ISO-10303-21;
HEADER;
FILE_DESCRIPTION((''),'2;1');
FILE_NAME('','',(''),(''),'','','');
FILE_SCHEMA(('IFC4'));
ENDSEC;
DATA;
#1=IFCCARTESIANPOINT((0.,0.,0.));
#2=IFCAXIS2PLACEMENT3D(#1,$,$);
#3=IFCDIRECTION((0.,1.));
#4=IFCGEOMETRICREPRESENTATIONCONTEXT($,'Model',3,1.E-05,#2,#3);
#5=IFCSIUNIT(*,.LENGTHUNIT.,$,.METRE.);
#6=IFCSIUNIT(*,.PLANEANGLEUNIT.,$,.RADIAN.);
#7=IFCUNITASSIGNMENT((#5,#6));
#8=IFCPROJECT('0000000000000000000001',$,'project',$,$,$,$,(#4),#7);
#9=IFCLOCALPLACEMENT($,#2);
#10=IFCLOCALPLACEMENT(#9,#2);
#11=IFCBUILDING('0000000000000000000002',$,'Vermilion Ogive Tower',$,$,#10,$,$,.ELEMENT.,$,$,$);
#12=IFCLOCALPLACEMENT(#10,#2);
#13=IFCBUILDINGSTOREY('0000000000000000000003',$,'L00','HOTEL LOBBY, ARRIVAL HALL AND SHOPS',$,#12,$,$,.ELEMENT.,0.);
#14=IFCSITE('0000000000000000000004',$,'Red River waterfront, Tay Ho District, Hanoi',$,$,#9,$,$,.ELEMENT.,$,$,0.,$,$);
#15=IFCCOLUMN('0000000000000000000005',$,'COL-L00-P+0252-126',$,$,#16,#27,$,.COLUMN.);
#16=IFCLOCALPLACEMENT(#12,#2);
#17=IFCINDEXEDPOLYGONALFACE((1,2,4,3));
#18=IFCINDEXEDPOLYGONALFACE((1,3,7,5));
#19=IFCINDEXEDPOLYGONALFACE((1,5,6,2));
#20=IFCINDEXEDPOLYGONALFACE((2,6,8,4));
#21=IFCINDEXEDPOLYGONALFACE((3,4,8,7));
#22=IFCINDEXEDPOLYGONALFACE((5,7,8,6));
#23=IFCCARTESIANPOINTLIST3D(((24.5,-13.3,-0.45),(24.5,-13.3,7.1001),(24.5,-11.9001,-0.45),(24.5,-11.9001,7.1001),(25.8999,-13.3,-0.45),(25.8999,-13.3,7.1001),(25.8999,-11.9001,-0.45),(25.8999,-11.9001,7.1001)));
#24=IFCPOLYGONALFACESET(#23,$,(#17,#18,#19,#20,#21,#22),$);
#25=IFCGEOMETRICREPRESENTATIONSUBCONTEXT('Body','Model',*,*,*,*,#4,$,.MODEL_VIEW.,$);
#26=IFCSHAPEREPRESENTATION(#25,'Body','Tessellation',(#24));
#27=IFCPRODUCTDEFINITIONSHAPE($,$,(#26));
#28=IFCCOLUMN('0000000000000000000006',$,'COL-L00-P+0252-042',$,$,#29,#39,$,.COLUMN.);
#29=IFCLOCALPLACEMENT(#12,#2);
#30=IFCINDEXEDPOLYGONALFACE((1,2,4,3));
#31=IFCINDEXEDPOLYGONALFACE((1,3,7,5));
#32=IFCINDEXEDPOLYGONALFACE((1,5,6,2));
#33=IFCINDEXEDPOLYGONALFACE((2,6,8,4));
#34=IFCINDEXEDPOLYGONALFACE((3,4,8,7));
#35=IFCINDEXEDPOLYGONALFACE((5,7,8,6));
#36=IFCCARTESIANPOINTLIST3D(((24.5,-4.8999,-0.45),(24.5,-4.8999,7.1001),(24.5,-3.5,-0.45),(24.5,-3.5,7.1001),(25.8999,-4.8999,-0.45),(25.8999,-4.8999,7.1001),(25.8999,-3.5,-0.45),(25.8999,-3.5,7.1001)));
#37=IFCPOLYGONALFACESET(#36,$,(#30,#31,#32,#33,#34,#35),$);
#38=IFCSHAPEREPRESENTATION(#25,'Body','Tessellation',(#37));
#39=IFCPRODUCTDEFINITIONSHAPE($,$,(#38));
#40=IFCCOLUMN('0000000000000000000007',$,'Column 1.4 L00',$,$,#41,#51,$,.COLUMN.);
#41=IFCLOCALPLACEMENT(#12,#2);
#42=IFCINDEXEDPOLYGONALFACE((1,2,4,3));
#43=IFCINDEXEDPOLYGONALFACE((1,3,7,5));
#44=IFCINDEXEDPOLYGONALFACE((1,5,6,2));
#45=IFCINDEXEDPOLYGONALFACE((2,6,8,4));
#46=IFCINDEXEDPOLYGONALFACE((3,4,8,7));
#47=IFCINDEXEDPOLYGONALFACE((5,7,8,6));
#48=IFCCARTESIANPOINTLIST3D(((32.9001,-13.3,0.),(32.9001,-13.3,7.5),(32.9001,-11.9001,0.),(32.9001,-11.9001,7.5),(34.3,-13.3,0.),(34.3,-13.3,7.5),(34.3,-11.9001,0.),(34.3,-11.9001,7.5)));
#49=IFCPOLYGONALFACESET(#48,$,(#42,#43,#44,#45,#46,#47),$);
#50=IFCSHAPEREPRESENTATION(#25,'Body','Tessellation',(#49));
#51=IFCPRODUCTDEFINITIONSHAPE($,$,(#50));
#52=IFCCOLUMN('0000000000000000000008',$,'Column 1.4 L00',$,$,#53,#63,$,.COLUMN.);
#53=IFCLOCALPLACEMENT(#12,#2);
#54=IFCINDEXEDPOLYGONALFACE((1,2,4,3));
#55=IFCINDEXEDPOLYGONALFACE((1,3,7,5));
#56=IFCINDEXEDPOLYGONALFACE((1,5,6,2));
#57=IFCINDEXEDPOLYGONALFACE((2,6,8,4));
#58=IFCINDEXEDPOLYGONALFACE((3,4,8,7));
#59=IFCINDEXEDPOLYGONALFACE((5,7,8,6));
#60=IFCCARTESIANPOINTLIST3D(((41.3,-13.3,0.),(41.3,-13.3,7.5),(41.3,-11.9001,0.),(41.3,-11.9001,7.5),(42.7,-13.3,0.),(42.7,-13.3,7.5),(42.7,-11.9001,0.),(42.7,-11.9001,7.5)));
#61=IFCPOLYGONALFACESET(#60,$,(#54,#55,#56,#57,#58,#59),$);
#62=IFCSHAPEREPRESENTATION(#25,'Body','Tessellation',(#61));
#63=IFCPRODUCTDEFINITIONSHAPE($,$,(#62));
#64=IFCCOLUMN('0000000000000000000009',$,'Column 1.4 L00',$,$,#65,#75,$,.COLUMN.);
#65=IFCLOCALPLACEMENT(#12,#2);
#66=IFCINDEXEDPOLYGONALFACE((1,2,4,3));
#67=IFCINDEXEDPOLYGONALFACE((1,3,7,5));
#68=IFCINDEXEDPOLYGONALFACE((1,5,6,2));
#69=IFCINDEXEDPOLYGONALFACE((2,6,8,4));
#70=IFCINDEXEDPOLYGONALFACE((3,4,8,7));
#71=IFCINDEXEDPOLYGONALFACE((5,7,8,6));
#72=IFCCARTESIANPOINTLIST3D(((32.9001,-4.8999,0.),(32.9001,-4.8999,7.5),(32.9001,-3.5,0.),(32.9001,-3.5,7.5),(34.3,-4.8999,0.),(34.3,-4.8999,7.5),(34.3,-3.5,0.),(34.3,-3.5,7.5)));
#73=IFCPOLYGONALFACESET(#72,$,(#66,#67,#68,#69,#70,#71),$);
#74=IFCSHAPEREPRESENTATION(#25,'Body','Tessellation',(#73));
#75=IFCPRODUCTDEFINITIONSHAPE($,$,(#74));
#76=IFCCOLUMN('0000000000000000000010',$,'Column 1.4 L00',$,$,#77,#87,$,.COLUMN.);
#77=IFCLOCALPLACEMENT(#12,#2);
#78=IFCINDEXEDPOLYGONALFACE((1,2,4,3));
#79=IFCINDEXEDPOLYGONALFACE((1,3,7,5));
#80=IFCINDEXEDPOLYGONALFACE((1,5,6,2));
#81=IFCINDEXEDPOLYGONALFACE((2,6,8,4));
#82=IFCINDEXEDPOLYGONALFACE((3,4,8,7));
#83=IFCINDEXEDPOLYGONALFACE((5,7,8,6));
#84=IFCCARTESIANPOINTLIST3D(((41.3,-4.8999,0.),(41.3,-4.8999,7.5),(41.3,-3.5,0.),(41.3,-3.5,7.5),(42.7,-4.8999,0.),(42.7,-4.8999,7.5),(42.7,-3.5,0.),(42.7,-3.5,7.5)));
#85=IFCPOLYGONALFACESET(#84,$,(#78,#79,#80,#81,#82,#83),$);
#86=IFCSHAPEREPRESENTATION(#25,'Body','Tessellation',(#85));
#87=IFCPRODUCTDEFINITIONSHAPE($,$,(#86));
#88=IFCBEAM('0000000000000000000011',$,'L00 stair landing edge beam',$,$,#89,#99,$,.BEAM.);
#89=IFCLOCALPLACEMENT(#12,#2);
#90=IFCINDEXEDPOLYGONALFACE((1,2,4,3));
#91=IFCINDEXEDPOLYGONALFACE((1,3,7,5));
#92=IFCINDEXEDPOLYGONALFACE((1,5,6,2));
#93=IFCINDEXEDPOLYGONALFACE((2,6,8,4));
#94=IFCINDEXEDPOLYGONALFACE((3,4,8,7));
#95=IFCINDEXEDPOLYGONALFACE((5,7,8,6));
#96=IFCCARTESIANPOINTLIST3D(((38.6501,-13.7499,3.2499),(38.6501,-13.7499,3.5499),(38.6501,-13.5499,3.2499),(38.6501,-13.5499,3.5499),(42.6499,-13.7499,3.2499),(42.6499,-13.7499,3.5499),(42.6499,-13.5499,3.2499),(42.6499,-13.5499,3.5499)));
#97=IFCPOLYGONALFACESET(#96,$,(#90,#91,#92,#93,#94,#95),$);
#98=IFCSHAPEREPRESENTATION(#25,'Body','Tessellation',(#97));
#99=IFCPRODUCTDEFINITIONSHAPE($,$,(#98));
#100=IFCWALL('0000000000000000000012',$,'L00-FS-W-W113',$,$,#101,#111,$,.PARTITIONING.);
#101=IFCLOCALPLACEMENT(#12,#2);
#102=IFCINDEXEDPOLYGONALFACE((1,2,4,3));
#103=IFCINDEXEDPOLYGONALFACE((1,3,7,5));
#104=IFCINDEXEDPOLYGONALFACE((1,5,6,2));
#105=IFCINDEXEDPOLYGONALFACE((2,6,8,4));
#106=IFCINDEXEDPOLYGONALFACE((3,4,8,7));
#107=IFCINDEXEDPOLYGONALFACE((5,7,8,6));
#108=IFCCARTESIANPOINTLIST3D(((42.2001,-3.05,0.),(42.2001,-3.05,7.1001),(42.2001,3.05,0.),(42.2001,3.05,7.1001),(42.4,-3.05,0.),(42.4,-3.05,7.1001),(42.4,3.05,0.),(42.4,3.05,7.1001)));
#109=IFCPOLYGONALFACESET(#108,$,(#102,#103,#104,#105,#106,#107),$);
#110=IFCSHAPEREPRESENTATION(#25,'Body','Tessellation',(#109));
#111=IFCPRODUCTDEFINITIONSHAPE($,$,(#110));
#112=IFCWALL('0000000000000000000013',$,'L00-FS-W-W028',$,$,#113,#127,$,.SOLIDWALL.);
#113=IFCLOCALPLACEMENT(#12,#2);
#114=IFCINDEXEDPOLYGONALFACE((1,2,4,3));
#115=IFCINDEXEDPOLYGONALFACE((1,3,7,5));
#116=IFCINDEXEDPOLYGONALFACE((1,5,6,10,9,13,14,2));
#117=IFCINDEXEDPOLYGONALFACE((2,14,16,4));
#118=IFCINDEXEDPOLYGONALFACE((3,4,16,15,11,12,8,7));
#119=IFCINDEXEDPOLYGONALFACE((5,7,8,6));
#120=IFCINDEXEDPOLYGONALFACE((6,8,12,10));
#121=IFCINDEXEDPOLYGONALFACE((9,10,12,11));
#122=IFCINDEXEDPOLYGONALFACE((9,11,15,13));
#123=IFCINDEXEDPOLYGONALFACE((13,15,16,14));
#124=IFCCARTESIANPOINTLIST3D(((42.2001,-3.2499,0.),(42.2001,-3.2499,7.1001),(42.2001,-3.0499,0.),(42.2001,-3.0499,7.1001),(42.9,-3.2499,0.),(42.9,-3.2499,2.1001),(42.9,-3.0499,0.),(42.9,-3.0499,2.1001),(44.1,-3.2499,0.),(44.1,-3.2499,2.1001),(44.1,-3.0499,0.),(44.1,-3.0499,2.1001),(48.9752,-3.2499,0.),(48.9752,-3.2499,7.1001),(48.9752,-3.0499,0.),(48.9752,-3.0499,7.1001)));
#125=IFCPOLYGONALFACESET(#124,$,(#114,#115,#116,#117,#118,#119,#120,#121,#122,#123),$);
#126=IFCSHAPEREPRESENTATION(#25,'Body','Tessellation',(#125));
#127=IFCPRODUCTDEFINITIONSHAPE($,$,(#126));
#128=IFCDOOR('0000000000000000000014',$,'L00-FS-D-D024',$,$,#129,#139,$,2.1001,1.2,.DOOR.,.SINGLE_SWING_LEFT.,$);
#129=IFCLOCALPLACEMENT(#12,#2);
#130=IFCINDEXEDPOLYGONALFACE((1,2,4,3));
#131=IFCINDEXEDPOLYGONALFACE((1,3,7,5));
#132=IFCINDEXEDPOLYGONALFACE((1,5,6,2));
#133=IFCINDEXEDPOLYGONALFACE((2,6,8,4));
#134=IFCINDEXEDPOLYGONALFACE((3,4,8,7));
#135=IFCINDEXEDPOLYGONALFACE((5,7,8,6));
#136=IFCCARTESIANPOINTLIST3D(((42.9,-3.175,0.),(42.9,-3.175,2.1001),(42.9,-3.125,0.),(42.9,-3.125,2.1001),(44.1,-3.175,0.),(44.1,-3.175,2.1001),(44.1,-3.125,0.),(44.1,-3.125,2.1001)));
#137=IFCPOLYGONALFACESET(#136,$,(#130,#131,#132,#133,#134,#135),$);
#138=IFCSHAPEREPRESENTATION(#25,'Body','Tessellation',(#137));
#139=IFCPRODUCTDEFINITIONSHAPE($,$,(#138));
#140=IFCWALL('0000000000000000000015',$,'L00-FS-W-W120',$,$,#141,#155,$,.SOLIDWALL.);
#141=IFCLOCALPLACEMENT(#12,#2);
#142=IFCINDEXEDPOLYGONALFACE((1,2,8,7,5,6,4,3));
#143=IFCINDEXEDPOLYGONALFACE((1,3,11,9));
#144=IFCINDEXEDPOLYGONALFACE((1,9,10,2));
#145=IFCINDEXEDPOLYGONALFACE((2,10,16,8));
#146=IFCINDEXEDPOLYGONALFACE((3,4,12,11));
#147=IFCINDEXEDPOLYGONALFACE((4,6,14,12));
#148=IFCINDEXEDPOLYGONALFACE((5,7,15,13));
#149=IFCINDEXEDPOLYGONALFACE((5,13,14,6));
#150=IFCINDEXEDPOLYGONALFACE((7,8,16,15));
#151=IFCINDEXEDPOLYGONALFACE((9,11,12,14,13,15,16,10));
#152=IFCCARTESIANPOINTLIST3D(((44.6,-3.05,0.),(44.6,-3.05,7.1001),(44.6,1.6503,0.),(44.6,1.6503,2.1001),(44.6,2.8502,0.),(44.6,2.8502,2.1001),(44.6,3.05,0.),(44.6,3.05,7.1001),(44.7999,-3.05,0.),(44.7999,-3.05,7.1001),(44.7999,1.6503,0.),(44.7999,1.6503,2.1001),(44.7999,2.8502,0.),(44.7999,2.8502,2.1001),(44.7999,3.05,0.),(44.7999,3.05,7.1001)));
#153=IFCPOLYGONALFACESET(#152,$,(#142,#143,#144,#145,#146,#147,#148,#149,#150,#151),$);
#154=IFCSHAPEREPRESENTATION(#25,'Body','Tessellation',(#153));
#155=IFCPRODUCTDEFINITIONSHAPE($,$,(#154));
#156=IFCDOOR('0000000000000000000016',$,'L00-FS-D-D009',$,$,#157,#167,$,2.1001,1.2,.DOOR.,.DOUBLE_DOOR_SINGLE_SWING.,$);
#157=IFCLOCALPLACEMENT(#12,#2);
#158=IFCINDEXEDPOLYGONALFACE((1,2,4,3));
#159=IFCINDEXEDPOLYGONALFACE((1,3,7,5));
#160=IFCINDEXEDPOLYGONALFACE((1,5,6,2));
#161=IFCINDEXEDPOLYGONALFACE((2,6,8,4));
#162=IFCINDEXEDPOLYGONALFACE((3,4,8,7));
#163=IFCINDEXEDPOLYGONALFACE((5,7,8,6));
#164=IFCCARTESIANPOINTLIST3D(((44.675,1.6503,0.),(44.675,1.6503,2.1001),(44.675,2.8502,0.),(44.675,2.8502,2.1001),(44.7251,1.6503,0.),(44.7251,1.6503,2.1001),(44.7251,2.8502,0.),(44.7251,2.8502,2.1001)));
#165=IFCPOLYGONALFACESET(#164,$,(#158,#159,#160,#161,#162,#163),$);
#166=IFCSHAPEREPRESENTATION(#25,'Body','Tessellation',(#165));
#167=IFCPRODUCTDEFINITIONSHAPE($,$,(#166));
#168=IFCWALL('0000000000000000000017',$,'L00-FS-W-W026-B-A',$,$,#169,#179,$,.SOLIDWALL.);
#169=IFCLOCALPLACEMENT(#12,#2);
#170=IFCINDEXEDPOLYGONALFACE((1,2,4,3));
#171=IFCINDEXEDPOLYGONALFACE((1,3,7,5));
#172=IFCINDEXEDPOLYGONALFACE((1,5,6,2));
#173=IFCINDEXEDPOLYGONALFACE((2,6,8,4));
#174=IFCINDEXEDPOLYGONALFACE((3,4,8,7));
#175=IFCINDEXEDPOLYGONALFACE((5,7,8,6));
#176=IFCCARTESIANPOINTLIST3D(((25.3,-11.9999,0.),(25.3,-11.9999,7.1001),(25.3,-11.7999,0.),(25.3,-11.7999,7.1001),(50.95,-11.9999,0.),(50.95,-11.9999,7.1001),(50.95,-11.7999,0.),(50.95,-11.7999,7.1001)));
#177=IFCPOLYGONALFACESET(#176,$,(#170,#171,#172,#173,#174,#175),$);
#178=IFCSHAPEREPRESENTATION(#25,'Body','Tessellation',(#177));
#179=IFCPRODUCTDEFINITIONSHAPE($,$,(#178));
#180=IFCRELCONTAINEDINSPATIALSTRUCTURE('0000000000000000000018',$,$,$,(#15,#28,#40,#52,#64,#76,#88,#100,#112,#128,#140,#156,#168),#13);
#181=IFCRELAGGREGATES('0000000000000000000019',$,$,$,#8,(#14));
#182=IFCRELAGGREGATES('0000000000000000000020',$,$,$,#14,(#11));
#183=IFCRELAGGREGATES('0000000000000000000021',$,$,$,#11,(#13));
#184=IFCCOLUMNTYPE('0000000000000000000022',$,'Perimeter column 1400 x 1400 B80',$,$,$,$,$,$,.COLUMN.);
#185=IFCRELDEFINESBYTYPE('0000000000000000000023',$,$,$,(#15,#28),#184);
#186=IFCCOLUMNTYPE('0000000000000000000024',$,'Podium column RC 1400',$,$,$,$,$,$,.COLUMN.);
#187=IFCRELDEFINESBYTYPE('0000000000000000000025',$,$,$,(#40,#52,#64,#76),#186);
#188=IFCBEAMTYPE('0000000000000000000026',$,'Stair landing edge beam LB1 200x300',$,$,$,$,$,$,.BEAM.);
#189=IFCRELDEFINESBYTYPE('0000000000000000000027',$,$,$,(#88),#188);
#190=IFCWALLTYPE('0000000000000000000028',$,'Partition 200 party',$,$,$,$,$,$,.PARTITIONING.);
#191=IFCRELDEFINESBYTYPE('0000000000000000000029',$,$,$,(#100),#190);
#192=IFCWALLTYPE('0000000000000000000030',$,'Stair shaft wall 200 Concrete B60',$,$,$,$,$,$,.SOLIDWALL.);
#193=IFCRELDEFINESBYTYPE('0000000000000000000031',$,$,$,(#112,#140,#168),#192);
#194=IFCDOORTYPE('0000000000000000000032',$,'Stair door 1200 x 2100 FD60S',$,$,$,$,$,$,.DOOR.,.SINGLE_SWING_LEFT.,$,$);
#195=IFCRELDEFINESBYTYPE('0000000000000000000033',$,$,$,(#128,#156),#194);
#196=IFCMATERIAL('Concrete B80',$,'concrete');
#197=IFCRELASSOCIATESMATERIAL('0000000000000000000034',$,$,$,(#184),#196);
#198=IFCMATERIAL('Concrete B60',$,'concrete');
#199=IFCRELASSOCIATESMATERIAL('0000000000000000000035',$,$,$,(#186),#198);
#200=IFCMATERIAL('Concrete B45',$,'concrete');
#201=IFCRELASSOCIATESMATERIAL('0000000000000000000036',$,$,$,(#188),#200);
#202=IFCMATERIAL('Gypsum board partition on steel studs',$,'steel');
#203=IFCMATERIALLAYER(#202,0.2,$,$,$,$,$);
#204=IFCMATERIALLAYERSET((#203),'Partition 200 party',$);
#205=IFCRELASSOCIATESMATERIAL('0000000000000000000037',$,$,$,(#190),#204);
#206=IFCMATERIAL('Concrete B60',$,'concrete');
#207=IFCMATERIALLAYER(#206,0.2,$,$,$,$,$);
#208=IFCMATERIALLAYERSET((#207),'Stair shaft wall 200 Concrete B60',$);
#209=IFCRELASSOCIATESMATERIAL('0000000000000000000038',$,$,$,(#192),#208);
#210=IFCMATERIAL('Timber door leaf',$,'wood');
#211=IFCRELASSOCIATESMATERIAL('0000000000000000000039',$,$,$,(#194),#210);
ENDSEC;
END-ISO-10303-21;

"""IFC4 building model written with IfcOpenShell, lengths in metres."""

from ifc_helpers import new_model, si_unit, direction, frame, frame_2d, origin, origin_2d, place, context, subcontext, project, spatial, rectangle, extrude, material, layer, layer_set, material_profile, profile_set, type_object, element, fill, save


model = new_model("IFC4")

# Units and contexts
model_context = context("Model", 3, precision=1e-05, world=origin(), true_north=direction((0.0, 1.0)))
body_context = subcontext(model_context, "Body", "Model", "MODEL_VIEW")
ifc_project = project(units=[si_unit("LENGTHUNIT", "METRE"), si_unit("PLANEANGLEUNIT", "RADIAN")], contexts=[model_context])

# Site, building, storey
site_placement = place(None, origin())
site = spatial("IfcSite", under=ifc_project, at=site_placement, Name="Red River waterfront, Tay Ho District, Hanoi", CompositionType="ELEMENT", RefElevation=0.0)
building_placement = place(site_placement, origin())
building = spatial("IfcBuilding", under=site, at=building_placement, Name="Vermilion Ogive Tower", CompositionType="ELEMENT")
storey_placement = place(building_placement, origin())
storey = spatial("IfcBuildingStorey", under=building, at=storey_placement, Name="L00", Description="HOTEL LOBBY, ARRIVAL HALL AND SHOPS", CompositionType="ELEMENT", Elevation=0.0)

# Columns
ifc_material_1 = material(Name="Concrete B80", Category="concrete")
ifc_material_profile_1 = material_profile(ifc_material_1, rectangle(XDim=1.3999, YDim=1.3999, at=origin_2d()), Name="1400 x 1400")
ifc_profile_set_1 = profile_set([ifc_material_profile_1], Name="Concrete B80")
column_type_1 = type_object("IfcColumnType", Name="Perimeter column 1400 x 1400 B80", PredefinedType="COLUMN", material=ifc_profile_set_1)
for number, where, z_axis, x_axis, name in (
    (1, (25.2, -12.6001, -0.45), (0.0, 0.0, 1.0), (1.0, 0.0, 0.0), "COL-L00-P+0252-126"),
    (2, (25.2, -4.2, -0.45), (0.0, 0.0, 1.0), (1.0, 0.0, 0.0), "COL-L00-P+0252-042"),
):
    element("IfcColumn", number, at=place(storey_placement, frame(where, z_axis=z_axis, x_axis=x_axis)), inside=storey, type_object=column_type_1, Name=name, PredefinedType="COLUMN", context=body_context, shape_type="SweptSolid", body=[
        extrude(rectangle(XDim=1.3999, YDim=1.3999, at=origin_2d()), origin(), (0.0, 0.0, 1.0), 7.55),
    ])
ifc_material_2 = material(Name="Concrete B60", Category="concrete")
ifc_material_profile_2 = material_profile(ifc_material_2, rectangle(XDim=1.3999, YDim=1.3999, at=origin_2d()), Name="RC 1400x1400")
ifc_profile_set_2 = profile_set([ifc_material_profile_2], Name="Concrete B60")
column_type_2 = type_object("IfcColumnType", Name="Podium column RC 1400", PredefinedType="COLUMN", material=ifc_profile_set_2)
for number, where, z_axis, x_axis, name in (
    (3, (33.6001, -12.6001, 0.0), (0.0, 0.0, 1.0), (1.0, 0.0, 0.0), "Column 1.4 L00"),
    (4, (42.0, -12.6001, 0.0), (0.0, 0.0, 1.0), (1.0, 0.0, 0.0), "Column 1.4 L00"),
    (5, (33.6001, -4.2, 0.0), (0.0, 0.0, 1.0), (1.0, 0.0, 0.0), "Column 1.4 L00"),
    (6, (42.0, -4.2, 0.0), (0.0, 0.0, 1.0), (1.0, 0.0, 0.0), "Column 1.4 L00"),
):
    element("IfcColumn", number, at=place(storey_placement, frame(where, z_axis=z_axis, x_axis=x_axis)), inside=storey, type_object=column_type_2, Name=name, PredefinedType="COLUMN", context=body_context, shape_type="SweptSolid", body=[
        extrude(rectangle(XDim=1.3999, YDim=1.3999, at=origin_2d()), origin(), (0.0, 0.0, 1.0), 7.5),
    ])

# Beam
ifc_material_3 = material(Name="Concrete B45", Category="concrete")
ifc_material_profile_3 = material_profile(ifc_material_3, rectangle(XDim=0.2, YDim=0.3, at=origin_2d()), Name="RC 200x300")
ifc_profile_set_3 = profile_set([ifc_material_profile_3], Name="Concrete B45")
beam_type = type_object("IfcBeamType", Name="Stair landing edge beam LB1 200x300", PredefinedType="BEAM", material=ifc_profile_set_3)
beam_placement = place(storey_placement, frame((38.6501, -13.6499, 3.3999), z_axis=(1.0, 0.0, 0.0), x_axis=(0.0, 1.0, 0.0)))
element("IfcBeam", 7, at=beam_placement, inside=storey, type_object=beam_type, Name="L00 stair landing edge beam", PredefinedType="BEAM", context=body_context, shape_type="SweptSolid", body=[
    extrude(rectangle(XDim=0.2, YDim=0.3, at=origin_2d()), origin(), (0.0, 0.0, 1.0), 3.9998),
])

# Wall
ifc_material_4 = material(Name="Gypsum board partition on steel studs", Category="steel")
ifc_layer_1 = layer(ifc_material_4, 0.2)
ifc_layer_set_1 = layer_set([ifc_layer_1], Name="Partition 200 party")
wall_type_1 = type_object("IfcWallType", Name="Partition 200 party", PredefinedType="PARTITIONING", material=ifc_layer_set_1)
wall_1_placement = place(storey_placement, frame((42.3, -3.05, 0.0), z_axis=(0.0, 0.0, 1.0), x_axis=(0.0, 1.0, 0.0)))
element("IfcWall", 8, at=wall_1_placement, inside=storey, type_object=wall_type_1, Name="L00-FS-W-W113", PredefinedType="PARTITIONING", context=body_context, shape_type="SweptSolid", body=[
    extrude(rectangle(XDim=6.1001, YDim=0.2, at=frame_2d((3.05, 0.0))), origin(), (0.0, 0.0, 1.0), 7.1001),
])

# Walls, openings, doors
ifc_material_5 = material(Name="Concrete B60", Category="concrete")
ifc_layer_2 = layer(ifc_material_5, 0.2)
ifc_layer_set_2 = layer_set([ifc_layer_2], Name="Stair shaft wall 200 Concrete B60")
wall_type_2 = type_object("IfcWallType", Name="Stair shaft wall 200 Concrete B60", PredefinedType="SOLIDWALL", material=ifc_layer_set_2)
wall_2_placement = place(storey_placement, frame((42.2, -3.1499, 0.0), z_axis=(0.0, 0.0, 1.0), x_axis=(1.0, 0.0, 0.0)))
wall_2 = element("IfcWall", 9, at=wall_2_placement, inside=storey, type_object=wall_type_2, Name="L00-FS-W-W028", PredefinedType="SOLIDWALL", context=body_context, shape_type="SweptSolid", body=[
    extrude(rectangle(XDim=6.7751, YDim=0.2, at=frame_2d((3.3877, 0.0))), origin(), (0.0, 0.0, 1.0), 7.1001),
])
opening_1_placement = place(wall_2_placement, frame((0.7, 0.0, 0.0)))
opening_1 = element("IfcOpeningElement", 10, at=opening_1_placement, cuts=wall_2, PredefinedType="OPENING", context=body_context, shape_type="SweptSolid", body=[
    extrude(rectangle(XDim=1.2, YDim=2.1001, at=frame_2d((0.6001, 1.05))), frame((0.0, 0.1099, 0.0), z_axis=(0.0, -1.0, 0.0), x_axis=(1.0, 0.0, 0.0)), (0.0, 0.0, 1.0), 0.22),
])
ifc_material_6 = material(Name="Timber door leaf", Category="wood")
door_type = type_object("IfcDoorType", Name="Stair door 1200 x 2100 FD60S", OperationType="SINGLE_SWING_LEFT", PredefinedType="DOOR", material=ifc_material_6)
door_1_placement = place(opening_1_placement, origin())
door_1 = element("IfcDoor", 11, at=door_1_placement, inside=storey, type_object=door_type, Name="L00-FS-D-D024", OperationType="SINGLE_SWING_LEFT", OverallHeight=2.1001, OverallWidth=1.2, PredefinedType="DOOR", context=body_context, shape_type="SweptSolid", body=[
    extrude(rectangle(XDim=1.2, YDim=2.1001, at=frame_2d((0.6001, 1.05))), frame((0.0, 0.0249, 0.0), z_axis=(0.0, -1.0, 0.0), x_axis=(1.0, 0.0, 0.0)), (0.0, 0.0, 1.0), 0.05),
])
fill(opening_1, door_1)
wall_3_placement = place(storey_placement, frame((44.7, -3.05, 0.0), z_axis=(0.0, 0.0, 1.0), x_axis=(0.0, 1.0, 0.0)))
wall_3 = element("IfcWall", 12, at=wall_3_placement, inside=storey, type_object=wall_type_2, Name="L00-FS-W-W120", PredefinedType="SOLIDWALL", context=body_context, shape_type="SweptSolid", body=[
    extrude(rectangle(XDim=6.1001, YDim=0.2, at=frame_2d((3.05, 0.0))), origin(), (0.0, 0.0, 1.0), 7.1001),
])
opening_2_placement = place(wall_3_placement, frame((4.7002, 0.0, 0.0)))
opening_2 = element("IfcOpeningElement", 13, at=opening_2_placement, cuts=wall_3, PredefinedType="OPENING", context=body_context, shape_type="SweptSolid", body=[
    extrude(rectangle(XDim=1.2, YDim=2.1001, at=frame_2d((0.6001, 1.05))), frame((0.0, 0.1099, 0.0), z_axis=(0.0, -1.0, 0.0), x_axis=(1.0, 0.0, 0.0)), (0.0, 0.0, 1.0), 0.22),
])
door_2_placement = place(opening_2_placement, origin())
door_2 = element("IfcDoor", 14, at=door_2_placement, inside=storey, type_object=door_type, Name="L00-FS-D-D009", OperationType="DOUBLE_DOOR_SINGLE_SWING", OverallHeight=2.1001, OverallWidth=1.2, PredefinedType="DOOR", context=body_context, shape_type="SweptSolid", body=[
    extrude(rectangle(XDim=1.2, YDim=2.1001, at=frame_2d((0.6001, 1.05))), frame((0.0, 0.0249, 0.0), z_axis=(0.0, -1.0, 0.0), x_axis=(1.0, 0.0, 0.0)), (0.0, 0.0, 1.0), 0.05),
])
fill(opening_2, door_2)

# Wall
wall_4_placement = place(storey_placement, frame((25.3, -11.8999, 0.0), z_axis=(0.0, 0.0, 1.0), x_axis=(1.0, 0.0, 0.0)))
element("IfcWall", 15, at=wall_4_placement, inside=storey, type_object=wall_type_2, Name="L00-FS-W-W026-B-A", PredefinedType="SOLIDWALL", context=body_context, shape_type="SweptSolid", body=[
    extrude(rectangle(XDim=25.6499, YDim=0.2, at=frame_2d((12.825, 0.0))), origin(), (0.0, 0.0, 1.0), 7.1001),
])

save(model, "model.ifc")
